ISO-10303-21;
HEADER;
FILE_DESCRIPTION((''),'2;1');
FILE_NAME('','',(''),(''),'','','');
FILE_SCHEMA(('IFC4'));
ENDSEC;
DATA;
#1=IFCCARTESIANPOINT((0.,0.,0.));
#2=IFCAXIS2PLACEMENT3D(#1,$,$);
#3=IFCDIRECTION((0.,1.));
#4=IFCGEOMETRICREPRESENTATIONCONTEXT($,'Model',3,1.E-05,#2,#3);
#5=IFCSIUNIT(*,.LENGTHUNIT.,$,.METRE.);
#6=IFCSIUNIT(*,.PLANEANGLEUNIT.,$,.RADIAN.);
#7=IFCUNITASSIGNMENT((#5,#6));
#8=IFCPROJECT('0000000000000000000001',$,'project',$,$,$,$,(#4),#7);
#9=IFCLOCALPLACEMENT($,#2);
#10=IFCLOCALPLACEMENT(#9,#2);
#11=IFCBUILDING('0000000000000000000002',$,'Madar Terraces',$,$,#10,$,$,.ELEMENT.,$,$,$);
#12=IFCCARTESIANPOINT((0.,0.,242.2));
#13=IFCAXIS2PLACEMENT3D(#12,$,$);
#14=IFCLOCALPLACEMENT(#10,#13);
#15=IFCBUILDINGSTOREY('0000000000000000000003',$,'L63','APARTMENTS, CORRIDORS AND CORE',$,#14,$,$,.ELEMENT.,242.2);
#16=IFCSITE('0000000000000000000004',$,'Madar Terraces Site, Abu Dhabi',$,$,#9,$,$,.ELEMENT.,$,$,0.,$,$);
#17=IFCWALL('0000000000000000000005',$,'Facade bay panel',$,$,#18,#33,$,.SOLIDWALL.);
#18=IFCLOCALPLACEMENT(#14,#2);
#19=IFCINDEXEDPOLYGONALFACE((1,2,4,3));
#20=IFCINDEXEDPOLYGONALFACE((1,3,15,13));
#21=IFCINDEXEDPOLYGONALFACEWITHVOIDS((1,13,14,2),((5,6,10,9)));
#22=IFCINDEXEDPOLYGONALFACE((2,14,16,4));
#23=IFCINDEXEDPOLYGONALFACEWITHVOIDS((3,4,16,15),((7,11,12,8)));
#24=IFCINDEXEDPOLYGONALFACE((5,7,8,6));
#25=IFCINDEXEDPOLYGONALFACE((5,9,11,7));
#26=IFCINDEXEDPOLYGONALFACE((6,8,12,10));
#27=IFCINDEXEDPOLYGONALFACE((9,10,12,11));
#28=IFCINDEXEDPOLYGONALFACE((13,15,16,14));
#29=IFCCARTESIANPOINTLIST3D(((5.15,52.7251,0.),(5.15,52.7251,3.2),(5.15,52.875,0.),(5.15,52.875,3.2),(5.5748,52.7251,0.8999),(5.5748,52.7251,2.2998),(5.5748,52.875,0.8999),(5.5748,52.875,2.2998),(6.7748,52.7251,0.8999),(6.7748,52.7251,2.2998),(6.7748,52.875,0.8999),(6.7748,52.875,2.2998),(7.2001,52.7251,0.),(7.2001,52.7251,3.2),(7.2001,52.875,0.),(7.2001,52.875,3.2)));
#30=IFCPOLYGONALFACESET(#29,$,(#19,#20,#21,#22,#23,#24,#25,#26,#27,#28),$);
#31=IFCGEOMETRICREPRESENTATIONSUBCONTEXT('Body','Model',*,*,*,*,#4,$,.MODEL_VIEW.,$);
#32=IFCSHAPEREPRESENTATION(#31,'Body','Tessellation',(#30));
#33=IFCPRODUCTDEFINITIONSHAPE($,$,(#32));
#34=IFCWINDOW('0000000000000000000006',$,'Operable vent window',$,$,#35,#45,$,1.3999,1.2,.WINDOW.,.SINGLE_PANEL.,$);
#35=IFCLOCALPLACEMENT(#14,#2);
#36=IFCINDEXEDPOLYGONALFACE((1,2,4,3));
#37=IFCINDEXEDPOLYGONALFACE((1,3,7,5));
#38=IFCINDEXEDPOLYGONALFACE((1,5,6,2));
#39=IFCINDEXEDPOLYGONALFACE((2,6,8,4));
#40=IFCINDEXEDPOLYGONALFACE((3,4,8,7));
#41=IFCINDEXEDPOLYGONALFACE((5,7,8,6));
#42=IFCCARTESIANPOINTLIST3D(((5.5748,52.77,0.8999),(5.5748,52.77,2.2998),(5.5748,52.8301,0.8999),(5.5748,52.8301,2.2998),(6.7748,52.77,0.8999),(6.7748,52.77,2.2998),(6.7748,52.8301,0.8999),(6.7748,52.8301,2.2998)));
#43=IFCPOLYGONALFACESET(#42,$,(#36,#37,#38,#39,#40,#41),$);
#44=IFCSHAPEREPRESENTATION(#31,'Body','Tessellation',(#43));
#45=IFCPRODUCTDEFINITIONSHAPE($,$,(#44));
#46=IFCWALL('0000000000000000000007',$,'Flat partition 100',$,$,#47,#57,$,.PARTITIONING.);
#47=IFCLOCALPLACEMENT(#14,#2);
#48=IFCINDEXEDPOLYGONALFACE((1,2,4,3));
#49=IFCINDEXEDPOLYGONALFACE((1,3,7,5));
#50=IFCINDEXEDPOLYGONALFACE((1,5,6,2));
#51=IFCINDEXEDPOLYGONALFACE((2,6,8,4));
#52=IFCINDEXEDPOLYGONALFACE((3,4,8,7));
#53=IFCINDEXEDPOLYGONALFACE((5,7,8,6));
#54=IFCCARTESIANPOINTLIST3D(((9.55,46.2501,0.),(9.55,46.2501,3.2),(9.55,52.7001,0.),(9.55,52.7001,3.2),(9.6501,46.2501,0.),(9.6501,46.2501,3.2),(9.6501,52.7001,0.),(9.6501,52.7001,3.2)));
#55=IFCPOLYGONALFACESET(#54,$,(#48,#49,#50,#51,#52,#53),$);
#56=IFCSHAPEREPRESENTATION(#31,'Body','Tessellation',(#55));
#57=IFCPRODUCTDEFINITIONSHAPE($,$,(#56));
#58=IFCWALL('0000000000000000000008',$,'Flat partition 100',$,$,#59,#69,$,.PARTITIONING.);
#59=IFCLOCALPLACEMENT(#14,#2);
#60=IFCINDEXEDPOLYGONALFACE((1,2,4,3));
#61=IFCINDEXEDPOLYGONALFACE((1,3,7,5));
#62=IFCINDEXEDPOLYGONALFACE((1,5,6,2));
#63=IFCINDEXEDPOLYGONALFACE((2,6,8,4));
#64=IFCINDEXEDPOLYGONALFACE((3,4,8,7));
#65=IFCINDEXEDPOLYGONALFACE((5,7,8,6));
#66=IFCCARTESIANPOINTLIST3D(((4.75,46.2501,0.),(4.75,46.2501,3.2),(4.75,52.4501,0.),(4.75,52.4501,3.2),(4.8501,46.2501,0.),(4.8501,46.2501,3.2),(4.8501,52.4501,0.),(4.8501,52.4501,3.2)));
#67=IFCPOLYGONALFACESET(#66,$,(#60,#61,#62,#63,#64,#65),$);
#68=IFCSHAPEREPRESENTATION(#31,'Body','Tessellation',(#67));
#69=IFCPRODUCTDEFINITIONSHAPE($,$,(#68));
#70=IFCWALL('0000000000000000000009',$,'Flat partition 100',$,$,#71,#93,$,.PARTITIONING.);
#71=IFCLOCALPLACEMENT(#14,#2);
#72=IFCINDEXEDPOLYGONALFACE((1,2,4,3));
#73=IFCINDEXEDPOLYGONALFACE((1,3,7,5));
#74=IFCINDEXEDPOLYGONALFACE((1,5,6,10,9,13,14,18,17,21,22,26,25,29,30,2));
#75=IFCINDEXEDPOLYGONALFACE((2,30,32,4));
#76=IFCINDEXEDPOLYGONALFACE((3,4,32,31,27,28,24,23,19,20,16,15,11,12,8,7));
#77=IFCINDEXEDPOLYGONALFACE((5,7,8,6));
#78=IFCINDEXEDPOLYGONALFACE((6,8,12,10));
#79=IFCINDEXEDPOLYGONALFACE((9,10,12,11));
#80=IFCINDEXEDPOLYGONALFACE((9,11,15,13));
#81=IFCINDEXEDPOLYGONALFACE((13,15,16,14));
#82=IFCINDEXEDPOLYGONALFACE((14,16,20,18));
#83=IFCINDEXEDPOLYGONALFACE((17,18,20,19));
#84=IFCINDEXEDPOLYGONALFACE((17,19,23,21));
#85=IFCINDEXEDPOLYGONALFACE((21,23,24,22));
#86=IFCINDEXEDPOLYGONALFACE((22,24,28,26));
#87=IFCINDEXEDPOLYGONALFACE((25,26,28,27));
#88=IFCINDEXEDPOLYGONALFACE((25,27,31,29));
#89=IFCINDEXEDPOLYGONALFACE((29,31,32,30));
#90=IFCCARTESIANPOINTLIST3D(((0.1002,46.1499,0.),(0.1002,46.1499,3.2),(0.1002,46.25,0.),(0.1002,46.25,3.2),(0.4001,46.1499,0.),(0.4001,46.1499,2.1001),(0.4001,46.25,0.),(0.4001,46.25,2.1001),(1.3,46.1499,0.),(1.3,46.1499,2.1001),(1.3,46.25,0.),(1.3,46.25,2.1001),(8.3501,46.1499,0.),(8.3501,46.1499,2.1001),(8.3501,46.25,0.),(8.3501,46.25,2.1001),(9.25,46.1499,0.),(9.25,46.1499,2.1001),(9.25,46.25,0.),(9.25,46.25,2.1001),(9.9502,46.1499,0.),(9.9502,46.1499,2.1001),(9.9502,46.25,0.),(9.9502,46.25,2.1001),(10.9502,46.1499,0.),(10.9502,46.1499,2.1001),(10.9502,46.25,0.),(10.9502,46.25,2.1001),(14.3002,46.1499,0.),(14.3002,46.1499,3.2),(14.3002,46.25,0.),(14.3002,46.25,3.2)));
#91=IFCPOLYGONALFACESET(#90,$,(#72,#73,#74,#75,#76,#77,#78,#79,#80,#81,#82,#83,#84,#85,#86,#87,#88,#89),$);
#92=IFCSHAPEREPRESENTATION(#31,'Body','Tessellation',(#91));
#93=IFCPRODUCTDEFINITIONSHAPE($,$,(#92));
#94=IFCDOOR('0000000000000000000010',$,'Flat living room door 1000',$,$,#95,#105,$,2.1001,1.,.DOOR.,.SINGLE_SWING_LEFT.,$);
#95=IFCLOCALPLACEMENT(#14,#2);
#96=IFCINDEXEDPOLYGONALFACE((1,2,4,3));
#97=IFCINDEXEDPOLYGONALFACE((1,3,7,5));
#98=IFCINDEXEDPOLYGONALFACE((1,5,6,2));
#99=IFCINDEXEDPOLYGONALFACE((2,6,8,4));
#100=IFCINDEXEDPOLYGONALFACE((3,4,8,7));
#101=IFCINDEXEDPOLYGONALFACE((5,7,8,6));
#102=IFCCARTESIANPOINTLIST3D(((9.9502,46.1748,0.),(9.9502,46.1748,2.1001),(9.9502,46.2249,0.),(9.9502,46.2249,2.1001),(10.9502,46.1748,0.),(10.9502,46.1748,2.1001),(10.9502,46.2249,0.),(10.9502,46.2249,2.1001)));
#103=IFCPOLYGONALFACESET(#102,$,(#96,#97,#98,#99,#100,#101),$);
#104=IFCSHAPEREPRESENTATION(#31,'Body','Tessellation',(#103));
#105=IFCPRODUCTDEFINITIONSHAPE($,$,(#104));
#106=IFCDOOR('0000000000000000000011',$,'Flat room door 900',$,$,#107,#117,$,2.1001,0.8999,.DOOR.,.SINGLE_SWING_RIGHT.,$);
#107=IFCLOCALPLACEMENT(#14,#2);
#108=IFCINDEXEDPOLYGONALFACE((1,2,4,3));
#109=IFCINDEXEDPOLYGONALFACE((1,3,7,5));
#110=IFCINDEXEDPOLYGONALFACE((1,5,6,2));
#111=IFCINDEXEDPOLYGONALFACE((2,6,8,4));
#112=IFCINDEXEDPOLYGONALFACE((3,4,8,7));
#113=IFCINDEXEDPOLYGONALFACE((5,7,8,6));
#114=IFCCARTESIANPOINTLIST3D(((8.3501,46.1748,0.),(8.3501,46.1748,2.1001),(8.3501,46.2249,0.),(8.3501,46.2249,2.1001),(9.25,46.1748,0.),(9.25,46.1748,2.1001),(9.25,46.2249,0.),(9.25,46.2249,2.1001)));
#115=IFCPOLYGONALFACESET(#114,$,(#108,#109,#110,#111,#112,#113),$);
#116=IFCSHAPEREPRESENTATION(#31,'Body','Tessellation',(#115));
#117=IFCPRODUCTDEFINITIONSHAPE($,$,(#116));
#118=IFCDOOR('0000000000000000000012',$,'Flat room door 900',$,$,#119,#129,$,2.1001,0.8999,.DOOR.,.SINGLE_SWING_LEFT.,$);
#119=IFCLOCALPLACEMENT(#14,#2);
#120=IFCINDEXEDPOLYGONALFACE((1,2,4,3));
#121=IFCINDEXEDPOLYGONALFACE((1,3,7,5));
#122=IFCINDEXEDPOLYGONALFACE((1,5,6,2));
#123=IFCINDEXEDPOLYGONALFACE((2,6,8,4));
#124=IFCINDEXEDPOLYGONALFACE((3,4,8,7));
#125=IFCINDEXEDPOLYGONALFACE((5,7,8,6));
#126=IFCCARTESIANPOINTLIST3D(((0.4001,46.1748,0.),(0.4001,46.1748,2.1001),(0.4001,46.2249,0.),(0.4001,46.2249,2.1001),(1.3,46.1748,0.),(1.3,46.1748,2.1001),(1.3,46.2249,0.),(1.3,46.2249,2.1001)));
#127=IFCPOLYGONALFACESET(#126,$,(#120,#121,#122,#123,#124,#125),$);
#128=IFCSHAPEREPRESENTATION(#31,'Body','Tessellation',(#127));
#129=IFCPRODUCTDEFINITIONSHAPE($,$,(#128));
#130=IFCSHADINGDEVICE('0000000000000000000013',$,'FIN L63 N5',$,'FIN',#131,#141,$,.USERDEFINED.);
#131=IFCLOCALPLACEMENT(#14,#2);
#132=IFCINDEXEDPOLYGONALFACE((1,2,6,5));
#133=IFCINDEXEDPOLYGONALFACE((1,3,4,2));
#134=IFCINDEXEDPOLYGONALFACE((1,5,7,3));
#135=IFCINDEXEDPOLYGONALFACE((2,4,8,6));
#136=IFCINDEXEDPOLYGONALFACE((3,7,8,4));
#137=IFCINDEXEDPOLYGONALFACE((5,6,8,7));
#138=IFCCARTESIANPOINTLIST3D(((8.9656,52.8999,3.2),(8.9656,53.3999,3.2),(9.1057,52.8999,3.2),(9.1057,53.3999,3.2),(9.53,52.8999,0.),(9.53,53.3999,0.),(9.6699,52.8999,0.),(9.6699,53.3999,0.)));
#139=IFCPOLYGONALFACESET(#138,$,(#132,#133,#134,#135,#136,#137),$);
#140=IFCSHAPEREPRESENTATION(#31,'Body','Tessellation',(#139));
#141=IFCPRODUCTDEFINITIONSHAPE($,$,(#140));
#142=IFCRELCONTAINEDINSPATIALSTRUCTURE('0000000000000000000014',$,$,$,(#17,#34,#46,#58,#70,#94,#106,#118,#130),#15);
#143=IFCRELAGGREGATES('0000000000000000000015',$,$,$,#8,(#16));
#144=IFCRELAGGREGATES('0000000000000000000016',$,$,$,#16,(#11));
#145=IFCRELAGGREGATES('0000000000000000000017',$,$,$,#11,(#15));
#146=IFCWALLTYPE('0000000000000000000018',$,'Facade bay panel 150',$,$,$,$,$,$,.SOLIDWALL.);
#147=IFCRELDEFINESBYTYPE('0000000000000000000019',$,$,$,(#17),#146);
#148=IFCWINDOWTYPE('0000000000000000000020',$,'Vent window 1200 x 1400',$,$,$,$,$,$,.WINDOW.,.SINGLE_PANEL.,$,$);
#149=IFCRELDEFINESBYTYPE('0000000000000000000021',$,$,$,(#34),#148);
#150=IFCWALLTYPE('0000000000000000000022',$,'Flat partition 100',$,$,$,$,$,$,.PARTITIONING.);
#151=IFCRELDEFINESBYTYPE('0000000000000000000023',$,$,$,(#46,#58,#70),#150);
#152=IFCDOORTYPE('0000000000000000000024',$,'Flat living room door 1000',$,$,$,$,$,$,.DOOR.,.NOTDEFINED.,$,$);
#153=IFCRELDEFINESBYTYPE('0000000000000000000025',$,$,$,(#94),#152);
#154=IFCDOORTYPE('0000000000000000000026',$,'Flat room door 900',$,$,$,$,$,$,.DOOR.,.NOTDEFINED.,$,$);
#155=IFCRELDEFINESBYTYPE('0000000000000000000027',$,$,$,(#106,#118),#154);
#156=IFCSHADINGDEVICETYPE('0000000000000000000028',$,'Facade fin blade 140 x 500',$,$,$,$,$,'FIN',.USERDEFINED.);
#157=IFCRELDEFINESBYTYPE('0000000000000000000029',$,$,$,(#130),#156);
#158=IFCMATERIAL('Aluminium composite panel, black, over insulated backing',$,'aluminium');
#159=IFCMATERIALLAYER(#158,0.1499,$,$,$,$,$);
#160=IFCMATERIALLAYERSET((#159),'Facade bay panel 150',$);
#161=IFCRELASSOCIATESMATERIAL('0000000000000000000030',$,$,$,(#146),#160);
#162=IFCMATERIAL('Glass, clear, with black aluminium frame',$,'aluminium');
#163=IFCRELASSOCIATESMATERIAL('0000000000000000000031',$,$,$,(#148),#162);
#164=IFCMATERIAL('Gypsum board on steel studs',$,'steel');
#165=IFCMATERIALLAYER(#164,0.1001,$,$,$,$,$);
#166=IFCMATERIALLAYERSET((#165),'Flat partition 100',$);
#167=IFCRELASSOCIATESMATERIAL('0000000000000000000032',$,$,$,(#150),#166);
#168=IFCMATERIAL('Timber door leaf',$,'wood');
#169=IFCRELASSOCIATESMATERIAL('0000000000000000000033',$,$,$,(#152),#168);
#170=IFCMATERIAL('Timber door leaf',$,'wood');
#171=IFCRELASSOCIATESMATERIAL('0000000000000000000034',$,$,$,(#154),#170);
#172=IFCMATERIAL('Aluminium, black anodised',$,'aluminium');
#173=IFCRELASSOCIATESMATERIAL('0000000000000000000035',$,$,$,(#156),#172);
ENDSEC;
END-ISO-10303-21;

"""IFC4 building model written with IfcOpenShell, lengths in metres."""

from ifc_helpers import new_model, si_unit, direction, frame, frame_2d, origin, place, context, subcontext, project, spatial, polyline, rectangle, outline, extrude, material, layer, layer_set, type_object, element, fill, save


model = new_model("IFC4")

# Units and contexts
model_context = context("Model", 3, precision=1e-05, world=origin(), true_north=direction((0.0, 1.0)))
body_context = subcontext(model_context, "Body", "Model", "MODEL_VIEW")
ifc_project = project(units=[si_unit("LENGTHUNIT", "METRE"), si_unit("PLANEANGLEUNIT", "RADIAN")], contexts=[model_context])

# Site, building, storey
site_placement = place(None, origin())
site = spatial("IfcSite", under=ifc_project, at=site_placement, Name="Madar Terraces Site, Abu Dhabi", CompositionType="ELEMENT", RefElevation=0.0)
building_placement = place(site_placement, origin())
building = spatial("IfcBuilding", under=site, at=building_placement, Name="Madar Terraces", CompositionType="ELEMENT")
storey_placement = place(building_placement, frame((0.0, 0.0, 242.2)))
storey = spatial("IfcBuildingStorey", under=building, at=storey_placement, Name="L63", Description="APARTMENTS, CORRIDORS AND CORE", CompositionType="ELEMENT", Elevation=242.2)

# Wall, opening, window
ifc_material_1 = material(Name="Aluminium composite panel, black, over insulated backing", Category="aluminium")
ifc_layer_1 = layer(ifc_material_1, 0.1499)
ifc_layer_set_1 = layer_set([ifc_layer_1], Name="Facade bay panel 150")
wall_type_1 = type_object("IfcWallType", Name="Facade bay panel 150", PredefinedType="SOLIDWALL", material=ifc_layer_set_1)
wall_1_placement = place(storey_placement, frame((7.2, 52.8, 0.0), z_axis=(0.0, 0.0, 1.0), x_axis=(-1.0, 0.0, 0.0)))
wall_1 = element("IfcWall", 1, at=wall_1_placement, inside=storey, type_object=wall_type_1, Name="Facade bay panel", PredefinedType="SOLIDWALL", context=body_context, shape_type="SweptSolid", body=[
    extrude(rectangle(XDim=2.05, YDim=0.1499, at=frame_2d((1.0249, 0.0))), origin(), (0.0, 0.0, 1.0), 3.2),
])
opening_1_placement = place(wall_1_placement, frame((0.425, 0.0, 0.8999)))
opening_1 = element("IfcOpeningElement", 2, at=opening_1_placement, cuts=wall_1, PredefinedType="OPENING", context=body_context, shape_type="SweptSolid", body=[
    extrude(rectangle(XDim=1.2, YDim=1.3999, at=frame_2d((0.6001, 0.7))), frame((0.0, 0.085, 0.0), z_axis=(0.0, -1.0, 0.0), x_axis=(1.0, 0.0, 0.0)), (0.0, 0.0, 1.0), 0.1699),
])
ifc_material_2 = material(Name="Glass, clear, with black aluminium frame", Category="aluminium")
window_type = type_object("IfcWindowType", Name="Vent window 1200 x 1400", PartitioningType="SINGLE_PANEL", PredefinedType="WINDOW", material=ifc_material_2)
window_placement = place(opening_1_placement, origin())
window = element("IfcWindow", 3, at=window_placement, inside=storey, type_object=window_type, Name="Operable vent window", OverallHeight=1.3999, OverallWidth=1.2, PartitioningType="SINGLE_PANEL", PredefinedType="WINDOW", context=body_context, shape_type="SweptSolid", body=[
    extrude(rectangle(XDim=1.2, YDim=1.3999, at=frame_2d((0.6001, 0.7))), frame((0.0, 0.03, 0.0), z_axis=(0.0, -1.0, 0.0), x_axis=(1.0, 0.0, 0.0)), (0.0, 0.0, 1.0), 0.0601),
])
fill(opening_1, window)

# Walls
ifc_material_3 = material(Name="Gypsum board on steel studs", Category="steel")
ifc_layer_2 = layer(ifc_material_3, 0.1001)
ifc_layer_set_2 = layer_set([ifc_layer_2], Name="Flat partition 100")
wall_type_2 = type_object("IfcWallType", Name="Flat partition 100", PredefinedType="PARTITIONING", material=ifc_layer_set_2)
wall_2_placement = place(storey_placement, frame((9.6001, 46.25, 0.0), z_axis=(0.0, 0.0, 1.0), x_axis=(0.0, 1.0, 0.0)))
element("IfcWall", 4, at=wall_2_placement, inside=storey, type_object=wall_type_2, Name="Flat partition 100", PredefinedType="PARTITIONING", context=body_context, shape_type="SweptSolid", body=[
    extrude(rectangle(XDim=6.45, YDim=0.1001, at=frame_2d((3.2251, 0.0))), origin(), (0.0, 0.0, 1.0), 3.2),
])
wall_3_placement = place(storey_placement, frame((4.8, 46.25, 0.0), z_axis=(0.0, 0.0, 1.0), x_axis=(0.0, 1.0, 0.0)))
element("IfcWall", 5, at=wall_3_placement, inside=storey, type_object=wall_type_2, Name="Flat partition 100", PredefinedType="PARTITIONING", context=body_context, shape_type="SweptSolid", body=[
    extrude(rectangle(XDim=6.2, YDim=0.1001, at=frame_2d((3.1001, 0.0))), origin(), (0.0, 0.0, 1.0), 3.2),
])

# Wall, openings, doors
wall_4_placement = place(storey_placement, frame((0.1001, 46.2, 0.0), z_axis=(0.0, 0.0, 1.0), x_axis=(1.0, 0.0, 0.0)))
wall_4 = element("IfcWall", 6, at=wall_4_placement, inside=storey, type_object=wall_type_2, Name="Flat partition 100", PredefinedType="PARTITIONING", context=body_context, shape_type="SweptSolid", body=[
    extrude(rectangle(XDim=14.2, YDim=0.1001, at=frame_2d((7.1001, 0.0))), origin(), (0.0, 0.0, 1.0), 3.2),
])
opening_2_placement = place(wall_4_placement, frame((9.8501, 0.0, 0.0)))
opening_2 = element("IfcOpeningElement", 7, at=opening_2_placement, cuts=wall_4, PredefinedType="OPENING", context=body_context, shape_type="SweptSolid", body=[
    extrude(rectangle(XDim=1.0, YDim=2.1001, at=frame_2d((0.5, 1.05))), frame((0.0, 0.0601, 0.0), z_axis=(0.0, -1.0, 0.0), x_axis=(1.0, 0.0, 0.0)), (0.0, 0.0, 1.0), 0.1201),
])
opening_3_placement = place(wall_4_placement, frame((8.25, 0.0, 0.0)))
opening_3 = element("IfcOpeningElement", 8, at=opening_3_placement, cuts=wall_4, PredefinedType="OPENING", context=body_context, shape_type="SweptSolid", body=[
    extrude(rectangle(XDim=0.8999, YDim=2.1001, at=frame_2d((0.45, 1.05))), frame((0.0, 0.0601, 0.0), z_axis=(0.0, -1.0, 0.0), x_axis=(1.0, 0.0, 0.0)), (0.0, 0.0, 1.0), 0.1201),
])
opening_4_placement = place(wall_4_placement, frame((0.3, 0.0, 0.0)))
opening_4 = element("IfcOpeningElement", 9, at=opening_4_placement, cuts=wall_4, PredefinedType="OPENING", context=body_context, shape_type="SweptSolid", body=[
    extrude(rectangle(XDim=0.8999, YDim=2.1001, at=frame_2d((0.45, 1.05))), frame((0.0, 0.0601, 0.0), z_axis=(0.0, -1.0, 0.0), x_axis=(1.0, 0.0, 0.0)), (0.0, 0.0, 1.0), 0.1201),
])
ifc_material_4 = material(Name="Timber door leaf", Category="wood")
door_type_1 = type_object("IfcDoorType", Name="Flat living room door 1000", OperationType="NOTDEFINED", PredefinedType="DOOR", material=ifc_material_4)
door_1_placement = place(opening_2_placement, origin())
door_1 = element("IfcDoor", 10, at=door_1_placement, inside=storey, type_object=door_type_1, Name="Flat living room door 1000", OperationType="SINGLE_SWING_LEFT", OverallHeight=2.1001, OverallWidth=1.0, PredefinedType="DOOR", context=body_context, shape_type="SweptSolid", body=[
    extrude(rectangle(XDim=1.0, YDim=2.1001, at=frame_2d((0.5, 1.05))), frame((0.0, 0.0249, 0.0), z_axis=(0.0, -1.0, 0.0), x_axis=(1.0, 0.0, 0.0)), (0.0, 0.0, 1.0), 0.05),
])
fill(opening_2, door_1)
ifc_material_5 = material(Name="Timber door leaf", Category="wood")
door_type_2 = type_object("IfcDoorType", Name="Flat room door 900", OperationType="NOTDEFINED", PredefinedType="DOOR", material=ifc_material_5)
door_2_placement = place(opening_3_placement, origin())
door_2 = element("IfcDoor", 11, at=door_2_placement, inside=storey, type_object=door_type_2, Name="Flat room door 900", OperationType="SINGLE_SWING_RIGHT", OverallHeight=2.1001, OverallWidth=0.8999, PredefinedType="DOOR", context=body_context, shape_type="SweptSolid", body=[
    extrude(rectangle(XDim=0.8999, YDim=2.1001, at=frame_2d((0.45, 1.05))), frame((0.0, 0.0249, 0.0), z_axis=(0.0, -1.0, 0.0), x_axis=(1.0, 0.0, 0.0)), (0.0, 0.0, 1.0), 0.05),
])
fill(opening_3, door_2)
door_3_placement = place(opening_4_placement, origin())
door_3 = element("IfcDoor", 12, at=door_3_placement, inside=storey, type_object=door_type_2, Name="Flat room door 900", OperationType="SINGLE_SWING_LEFT", OverallHeight=2.1001, OverallWidth=0.8999, PredefinedType="DOOR", context=body_context, shape_type="SweptSolid", body=[
    extrude(rectangle(XDim=0.8999, YDim=2.1001, at=frame_2d((0.45, 1.05))), frame((0.0, 0.0249, 0.0), z_axis=(0.0, -1.0, 0.0), x_axis=(1.0, 0.0, 0.0)), (0.0, 0.0, 1.0), 0.05),
])
fill(opening_4, door_3)

# Shading device
ifc_material_6 = material(Name="Aluminium, black anodised", Category="aluminium")
shading_device_type = type_object("IfcShadingDeviceType", Name="Facade fin blade 140 x 500", ElementType="FIN", PredefinedType="USERDEFINED", material=ifc_material_6)
shading_device_placement = place(storey_placement, frame((9.6699, 53.1499, 0.0), z_axis=(0.0, 0.0, 1.0), x_axis=(-1.0, 0.0, 0.0)))
element("IfcShadingDevice", 13, at=shading_device_placement, inside=storey, type_object=shading_device_type, Name="FIN L63 N5", ObjectType="FIN", PredefinedType="USERDEFINED", context=body_context, shape_type="SweptSolid", body=[
    extrude(outline(polyline([(0.0, 0.0), (0.1399, 0.0), (0.7043, 3.2), (0.5642, 3.2), (0.0, 0.0)])), frame((0.0, 0.25, 0.0), z_axis=(0.0, -1.0, 0.0), x_axis=(1.0, 0.0, 0.0)), (0.0, 0.0, 1.0), 0.5),
])

save(model, "model.ifc")
